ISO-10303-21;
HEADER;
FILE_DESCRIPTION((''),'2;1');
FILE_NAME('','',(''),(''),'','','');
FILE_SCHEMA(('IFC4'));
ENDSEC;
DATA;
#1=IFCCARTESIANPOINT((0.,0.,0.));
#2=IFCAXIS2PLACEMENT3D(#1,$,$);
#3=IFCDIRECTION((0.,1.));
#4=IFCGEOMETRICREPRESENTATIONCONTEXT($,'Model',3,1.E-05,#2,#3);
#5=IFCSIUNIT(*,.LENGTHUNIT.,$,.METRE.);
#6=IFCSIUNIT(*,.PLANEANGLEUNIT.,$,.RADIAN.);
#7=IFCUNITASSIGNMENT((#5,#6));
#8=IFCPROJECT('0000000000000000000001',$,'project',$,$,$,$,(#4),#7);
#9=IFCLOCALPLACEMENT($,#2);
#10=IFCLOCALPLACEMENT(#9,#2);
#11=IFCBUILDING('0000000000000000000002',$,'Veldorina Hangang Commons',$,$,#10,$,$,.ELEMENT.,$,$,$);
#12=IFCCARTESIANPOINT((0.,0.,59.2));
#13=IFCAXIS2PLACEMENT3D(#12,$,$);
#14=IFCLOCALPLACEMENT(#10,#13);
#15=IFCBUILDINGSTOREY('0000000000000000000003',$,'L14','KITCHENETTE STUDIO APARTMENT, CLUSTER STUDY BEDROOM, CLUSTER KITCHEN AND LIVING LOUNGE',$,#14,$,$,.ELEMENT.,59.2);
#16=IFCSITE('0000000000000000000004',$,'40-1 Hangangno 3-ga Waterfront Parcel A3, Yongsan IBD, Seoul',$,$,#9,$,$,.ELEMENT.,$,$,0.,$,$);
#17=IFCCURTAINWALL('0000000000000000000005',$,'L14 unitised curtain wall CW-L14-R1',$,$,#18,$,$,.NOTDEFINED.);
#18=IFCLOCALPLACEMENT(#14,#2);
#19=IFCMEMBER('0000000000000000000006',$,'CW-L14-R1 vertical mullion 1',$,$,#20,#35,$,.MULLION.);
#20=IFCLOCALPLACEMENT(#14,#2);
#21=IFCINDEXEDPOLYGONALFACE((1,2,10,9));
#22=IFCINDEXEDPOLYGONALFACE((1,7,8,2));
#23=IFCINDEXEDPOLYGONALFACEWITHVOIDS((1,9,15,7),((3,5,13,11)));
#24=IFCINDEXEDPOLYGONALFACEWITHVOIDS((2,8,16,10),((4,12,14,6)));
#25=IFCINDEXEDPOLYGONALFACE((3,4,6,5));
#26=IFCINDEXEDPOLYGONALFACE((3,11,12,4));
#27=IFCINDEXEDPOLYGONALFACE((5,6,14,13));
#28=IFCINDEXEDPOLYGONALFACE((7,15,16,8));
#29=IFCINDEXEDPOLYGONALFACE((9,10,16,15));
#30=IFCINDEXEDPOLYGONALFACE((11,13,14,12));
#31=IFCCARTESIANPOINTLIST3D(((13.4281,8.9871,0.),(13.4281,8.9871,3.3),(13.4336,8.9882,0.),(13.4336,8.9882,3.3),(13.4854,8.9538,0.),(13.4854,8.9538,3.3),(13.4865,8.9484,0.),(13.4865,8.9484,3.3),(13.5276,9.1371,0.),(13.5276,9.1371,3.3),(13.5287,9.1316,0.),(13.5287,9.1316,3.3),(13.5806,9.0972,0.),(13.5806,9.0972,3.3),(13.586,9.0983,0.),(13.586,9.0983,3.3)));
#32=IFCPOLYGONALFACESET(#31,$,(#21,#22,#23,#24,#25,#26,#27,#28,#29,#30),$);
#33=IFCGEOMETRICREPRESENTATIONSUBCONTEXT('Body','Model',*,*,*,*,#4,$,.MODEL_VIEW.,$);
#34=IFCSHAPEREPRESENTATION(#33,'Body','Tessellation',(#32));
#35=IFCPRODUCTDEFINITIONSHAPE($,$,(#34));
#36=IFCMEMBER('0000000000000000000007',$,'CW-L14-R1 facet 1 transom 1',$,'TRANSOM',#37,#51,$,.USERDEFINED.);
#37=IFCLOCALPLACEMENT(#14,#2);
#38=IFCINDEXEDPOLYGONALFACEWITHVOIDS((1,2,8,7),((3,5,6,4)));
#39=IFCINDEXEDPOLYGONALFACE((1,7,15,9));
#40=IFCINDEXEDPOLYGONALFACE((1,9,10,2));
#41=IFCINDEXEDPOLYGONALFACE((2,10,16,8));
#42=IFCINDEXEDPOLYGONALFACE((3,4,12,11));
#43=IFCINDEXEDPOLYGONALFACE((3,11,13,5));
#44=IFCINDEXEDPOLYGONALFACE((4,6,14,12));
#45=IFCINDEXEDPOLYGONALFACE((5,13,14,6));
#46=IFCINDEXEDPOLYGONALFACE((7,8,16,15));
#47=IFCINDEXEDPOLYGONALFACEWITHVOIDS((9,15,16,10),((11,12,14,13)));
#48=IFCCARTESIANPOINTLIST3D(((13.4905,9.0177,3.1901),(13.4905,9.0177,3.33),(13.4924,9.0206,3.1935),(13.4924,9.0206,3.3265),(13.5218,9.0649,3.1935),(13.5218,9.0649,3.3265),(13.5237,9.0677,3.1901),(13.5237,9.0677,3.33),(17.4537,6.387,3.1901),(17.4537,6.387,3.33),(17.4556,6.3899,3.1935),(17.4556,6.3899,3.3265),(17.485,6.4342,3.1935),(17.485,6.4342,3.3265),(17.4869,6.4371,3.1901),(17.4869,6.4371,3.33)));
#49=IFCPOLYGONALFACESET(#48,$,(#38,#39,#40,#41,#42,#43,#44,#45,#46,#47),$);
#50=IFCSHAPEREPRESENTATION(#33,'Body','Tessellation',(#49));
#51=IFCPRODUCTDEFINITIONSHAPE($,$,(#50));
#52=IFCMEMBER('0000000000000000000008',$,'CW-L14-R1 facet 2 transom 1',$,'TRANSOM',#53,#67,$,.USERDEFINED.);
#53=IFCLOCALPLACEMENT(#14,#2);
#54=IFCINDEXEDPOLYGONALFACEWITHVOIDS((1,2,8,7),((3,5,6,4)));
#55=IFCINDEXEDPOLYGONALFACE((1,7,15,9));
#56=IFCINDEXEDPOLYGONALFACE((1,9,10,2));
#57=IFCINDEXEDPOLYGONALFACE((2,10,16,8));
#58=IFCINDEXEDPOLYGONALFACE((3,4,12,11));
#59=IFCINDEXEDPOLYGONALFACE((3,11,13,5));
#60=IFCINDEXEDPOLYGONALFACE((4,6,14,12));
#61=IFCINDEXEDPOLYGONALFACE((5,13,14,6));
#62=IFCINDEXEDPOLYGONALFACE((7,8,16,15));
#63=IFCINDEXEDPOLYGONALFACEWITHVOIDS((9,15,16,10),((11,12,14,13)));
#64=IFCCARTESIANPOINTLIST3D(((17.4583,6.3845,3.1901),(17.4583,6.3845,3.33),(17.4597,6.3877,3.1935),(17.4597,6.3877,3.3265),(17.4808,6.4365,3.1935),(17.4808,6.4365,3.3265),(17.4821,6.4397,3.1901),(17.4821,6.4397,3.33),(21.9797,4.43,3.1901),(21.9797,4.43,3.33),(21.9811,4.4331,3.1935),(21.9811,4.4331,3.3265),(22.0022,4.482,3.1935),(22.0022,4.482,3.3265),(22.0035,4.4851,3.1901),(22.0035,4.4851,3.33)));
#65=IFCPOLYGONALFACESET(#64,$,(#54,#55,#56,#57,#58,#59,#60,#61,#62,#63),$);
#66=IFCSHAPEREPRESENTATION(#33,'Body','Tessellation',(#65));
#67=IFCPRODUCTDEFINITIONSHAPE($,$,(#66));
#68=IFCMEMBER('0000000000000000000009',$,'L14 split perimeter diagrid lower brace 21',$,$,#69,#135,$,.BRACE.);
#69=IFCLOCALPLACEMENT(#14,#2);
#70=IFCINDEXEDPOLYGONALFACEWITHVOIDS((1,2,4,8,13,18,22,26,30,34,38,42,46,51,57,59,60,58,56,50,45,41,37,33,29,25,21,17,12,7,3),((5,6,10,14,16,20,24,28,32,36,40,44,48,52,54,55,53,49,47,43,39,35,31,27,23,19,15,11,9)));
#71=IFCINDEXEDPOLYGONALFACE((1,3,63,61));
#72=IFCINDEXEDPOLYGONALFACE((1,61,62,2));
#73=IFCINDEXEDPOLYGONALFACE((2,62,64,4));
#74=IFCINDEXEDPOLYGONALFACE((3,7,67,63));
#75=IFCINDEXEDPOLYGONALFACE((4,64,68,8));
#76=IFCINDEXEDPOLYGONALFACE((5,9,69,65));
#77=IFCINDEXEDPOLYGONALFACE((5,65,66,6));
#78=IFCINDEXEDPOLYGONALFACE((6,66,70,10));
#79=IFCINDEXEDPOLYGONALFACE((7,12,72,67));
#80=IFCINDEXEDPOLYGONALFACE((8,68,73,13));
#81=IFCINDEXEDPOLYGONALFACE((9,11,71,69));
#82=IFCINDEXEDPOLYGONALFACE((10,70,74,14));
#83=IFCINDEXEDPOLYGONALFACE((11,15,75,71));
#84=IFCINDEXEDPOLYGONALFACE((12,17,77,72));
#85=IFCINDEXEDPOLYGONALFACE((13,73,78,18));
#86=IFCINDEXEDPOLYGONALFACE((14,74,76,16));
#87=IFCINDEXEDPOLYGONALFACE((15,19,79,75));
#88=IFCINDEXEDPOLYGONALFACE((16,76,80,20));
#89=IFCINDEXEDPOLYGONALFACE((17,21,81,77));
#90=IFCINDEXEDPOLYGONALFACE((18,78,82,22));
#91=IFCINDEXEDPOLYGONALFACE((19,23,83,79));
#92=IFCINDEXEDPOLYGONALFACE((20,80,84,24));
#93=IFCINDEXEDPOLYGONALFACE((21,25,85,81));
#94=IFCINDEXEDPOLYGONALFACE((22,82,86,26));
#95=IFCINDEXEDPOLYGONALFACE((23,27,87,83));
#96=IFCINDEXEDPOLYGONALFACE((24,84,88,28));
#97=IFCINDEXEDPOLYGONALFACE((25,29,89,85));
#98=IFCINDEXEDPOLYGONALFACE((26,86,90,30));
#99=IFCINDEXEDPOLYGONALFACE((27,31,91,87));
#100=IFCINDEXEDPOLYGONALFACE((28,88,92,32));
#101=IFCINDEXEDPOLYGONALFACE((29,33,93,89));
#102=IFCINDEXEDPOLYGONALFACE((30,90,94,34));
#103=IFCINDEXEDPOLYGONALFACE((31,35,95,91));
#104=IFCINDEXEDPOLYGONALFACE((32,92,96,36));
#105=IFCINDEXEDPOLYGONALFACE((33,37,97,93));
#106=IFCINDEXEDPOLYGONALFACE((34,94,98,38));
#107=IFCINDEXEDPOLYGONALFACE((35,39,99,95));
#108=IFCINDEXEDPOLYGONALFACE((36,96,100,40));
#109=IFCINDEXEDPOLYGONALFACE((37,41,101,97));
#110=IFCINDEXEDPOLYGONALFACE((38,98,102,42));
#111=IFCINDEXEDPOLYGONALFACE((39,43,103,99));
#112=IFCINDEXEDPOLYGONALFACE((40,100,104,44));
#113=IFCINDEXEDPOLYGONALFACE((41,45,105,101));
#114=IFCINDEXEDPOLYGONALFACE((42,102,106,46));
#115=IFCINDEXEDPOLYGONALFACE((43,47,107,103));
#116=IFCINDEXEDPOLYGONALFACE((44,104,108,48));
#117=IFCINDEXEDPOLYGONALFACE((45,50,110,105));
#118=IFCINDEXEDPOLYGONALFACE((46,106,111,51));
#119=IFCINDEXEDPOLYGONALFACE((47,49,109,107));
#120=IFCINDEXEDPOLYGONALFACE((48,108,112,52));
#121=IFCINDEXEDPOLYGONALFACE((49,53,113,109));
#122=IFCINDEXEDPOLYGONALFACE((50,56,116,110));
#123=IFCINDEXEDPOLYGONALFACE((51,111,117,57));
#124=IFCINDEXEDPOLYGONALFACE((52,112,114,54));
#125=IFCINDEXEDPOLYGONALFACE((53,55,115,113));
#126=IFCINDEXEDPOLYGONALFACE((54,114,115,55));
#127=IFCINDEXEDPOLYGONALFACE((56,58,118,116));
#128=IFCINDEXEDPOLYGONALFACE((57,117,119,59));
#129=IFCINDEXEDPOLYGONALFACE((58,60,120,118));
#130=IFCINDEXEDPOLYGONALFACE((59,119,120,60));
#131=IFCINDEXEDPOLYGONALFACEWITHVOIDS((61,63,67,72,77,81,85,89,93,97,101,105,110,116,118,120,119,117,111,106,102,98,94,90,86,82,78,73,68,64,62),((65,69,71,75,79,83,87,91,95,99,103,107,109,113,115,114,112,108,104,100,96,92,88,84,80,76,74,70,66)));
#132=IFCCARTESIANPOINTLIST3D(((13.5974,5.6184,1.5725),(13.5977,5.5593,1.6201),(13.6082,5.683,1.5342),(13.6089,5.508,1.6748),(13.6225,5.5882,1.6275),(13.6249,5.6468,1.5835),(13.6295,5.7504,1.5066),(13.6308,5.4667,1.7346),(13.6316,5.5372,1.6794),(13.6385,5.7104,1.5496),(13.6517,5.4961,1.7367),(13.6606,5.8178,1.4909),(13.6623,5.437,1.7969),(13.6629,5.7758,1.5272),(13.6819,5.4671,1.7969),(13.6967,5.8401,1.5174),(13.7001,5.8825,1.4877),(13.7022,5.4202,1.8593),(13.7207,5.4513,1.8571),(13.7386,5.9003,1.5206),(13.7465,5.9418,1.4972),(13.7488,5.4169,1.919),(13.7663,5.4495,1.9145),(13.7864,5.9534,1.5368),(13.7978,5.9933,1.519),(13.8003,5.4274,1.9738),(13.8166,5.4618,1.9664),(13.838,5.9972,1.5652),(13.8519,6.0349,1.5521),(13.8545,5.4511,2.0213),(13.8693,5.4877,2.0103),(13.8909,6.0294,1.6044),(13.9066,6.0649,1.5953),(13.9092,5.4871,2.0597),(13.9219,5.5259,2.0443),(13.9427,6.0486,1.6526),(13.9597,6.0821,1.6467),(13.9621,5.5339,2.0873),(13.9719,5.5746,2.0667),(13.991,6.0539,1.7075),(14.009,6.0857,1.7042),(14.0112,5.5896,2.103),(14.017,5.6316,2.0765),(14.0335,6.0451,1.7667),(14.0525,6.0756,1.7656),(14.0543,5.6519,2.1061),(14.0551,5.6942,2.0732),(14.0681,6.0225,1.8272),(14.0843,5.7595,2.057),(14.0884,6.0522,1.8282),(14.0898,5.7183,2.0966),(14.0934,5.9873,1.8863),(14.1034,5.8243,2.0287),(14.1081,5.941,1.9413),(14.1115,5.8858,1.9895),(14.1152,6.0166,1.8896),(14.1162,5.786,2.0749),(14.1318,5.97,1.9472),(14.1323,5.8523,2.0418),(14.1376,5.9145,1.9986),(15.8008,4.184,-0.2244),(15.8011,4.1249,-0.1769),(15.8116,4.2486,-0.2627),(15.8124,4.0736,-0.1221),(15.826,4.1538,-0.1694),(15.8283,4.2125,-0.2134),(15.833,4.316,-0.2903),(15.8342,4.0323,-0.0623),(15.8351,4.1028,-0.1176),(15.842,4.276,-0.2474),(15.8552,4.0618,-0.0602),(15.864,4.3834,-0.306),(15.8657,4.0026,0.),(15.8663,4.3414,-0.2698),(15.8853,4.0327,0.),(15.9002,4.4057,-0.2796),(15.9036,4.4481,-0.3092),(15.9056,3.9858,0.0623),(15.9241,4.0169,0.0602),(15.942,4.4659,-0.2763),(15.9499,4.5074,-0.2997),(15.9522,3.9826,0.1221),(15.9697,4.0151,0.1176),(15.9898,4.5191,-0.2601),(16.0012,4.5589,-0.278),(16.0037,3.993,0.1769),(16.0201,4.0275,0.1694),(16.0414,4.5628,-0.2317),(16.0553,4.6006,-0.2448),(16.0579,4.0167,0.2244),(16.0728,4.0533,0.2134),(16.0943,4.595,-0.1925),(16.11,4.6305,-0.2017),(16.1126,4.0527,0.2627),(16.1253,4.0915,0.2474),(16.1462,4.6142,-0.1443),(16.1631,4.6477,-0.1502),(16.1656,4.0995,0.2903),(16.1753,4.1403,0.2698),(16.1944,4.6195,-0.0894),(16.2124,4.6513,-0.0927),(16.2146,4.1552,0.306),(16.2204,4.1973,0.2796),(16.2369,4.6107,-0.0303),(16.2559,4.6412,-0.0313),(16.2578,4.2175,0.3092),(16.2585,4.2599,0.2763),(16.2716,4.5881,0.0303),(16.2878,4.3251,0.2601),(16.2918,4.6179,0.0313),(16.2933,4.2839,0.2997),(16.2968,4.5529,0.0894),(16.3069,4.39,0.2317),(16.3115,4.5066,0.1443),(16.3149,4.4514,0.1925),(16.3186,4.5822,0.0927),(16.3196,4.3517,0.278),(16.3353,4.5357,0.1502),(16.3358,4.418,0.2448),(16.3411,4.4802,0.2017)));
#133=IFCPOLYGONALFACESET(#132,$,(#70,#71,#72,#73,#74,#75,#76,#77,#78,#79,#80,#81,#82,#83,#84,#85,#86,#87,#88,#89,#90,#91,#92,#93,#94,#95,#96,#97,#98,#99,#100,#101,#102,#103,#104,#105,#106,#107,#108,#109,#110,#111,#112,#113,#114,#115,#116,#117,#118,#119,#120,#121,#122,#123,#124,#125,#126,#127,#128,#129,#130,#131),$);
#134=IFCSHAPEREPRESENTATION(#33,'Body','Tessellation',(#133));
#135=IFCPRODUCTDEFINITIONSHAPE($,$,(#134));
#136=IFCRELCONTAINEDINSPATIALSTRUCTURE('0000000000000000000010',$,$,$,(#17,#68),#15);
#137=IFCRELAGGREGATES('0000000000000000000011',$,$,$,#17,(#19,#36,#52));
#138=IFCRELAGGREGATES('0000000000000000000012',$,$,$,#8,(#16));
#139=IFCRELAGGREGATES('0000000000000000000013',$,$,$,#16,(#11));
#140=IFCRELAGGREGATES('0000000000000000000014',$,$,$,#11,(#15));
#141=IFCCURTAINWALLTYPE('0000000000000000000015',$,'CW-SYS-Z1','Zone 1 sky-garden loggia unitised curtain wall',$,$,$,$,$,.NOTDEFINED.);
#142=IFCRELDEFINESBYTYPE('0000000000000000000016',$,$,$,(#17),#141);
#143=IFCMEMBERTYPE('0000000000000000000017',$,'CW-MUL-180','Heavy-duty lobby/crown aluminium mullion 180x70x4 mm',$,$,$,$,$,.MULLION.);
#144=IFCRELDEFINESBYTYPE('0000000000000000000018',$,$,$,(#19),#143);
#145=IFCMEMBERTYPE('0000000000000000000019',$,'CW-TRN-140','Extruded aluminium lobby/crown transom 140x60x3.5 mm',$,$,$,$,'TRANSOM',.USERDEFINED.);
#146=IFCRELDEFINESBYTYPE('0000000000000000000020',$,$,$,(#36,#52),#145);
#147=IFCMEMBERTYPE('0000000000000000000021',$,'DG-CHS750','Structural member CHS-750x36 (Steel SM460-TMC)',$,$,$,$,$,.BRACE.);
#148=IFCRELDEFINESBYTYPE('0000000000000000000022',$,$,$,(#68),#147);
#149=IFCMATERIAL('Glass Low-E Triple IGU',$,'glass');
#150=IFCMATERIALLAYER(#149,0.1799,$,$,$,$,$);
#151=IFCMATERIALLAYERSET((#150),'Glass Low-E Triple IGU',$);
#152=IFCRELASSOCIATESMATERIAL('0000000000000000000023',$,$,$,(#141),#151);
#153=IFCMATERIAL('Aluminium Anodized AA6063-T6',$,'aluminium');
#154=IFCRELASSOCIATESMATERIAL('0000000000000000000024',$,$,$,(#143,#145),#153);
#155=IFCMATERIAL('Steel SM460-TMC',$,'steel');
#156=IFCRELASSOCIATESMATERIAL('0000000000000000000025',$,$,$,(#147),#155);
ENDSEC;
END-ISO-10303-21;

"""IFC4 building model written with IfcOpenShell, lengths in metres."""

from ifc_helpers import new_model, si_unit, direction, frame, origin, origin_2d, place, context, subcontext, project, spatial, hollow_rectangle, hollow_circle, extrude, material, layer, layer_set, material_profile, profile_set, type_object, element, aggregate, save


model = new_model("IFC4")

# Units and contexts
model_context = context("Model", 3, precision=1e-05, world=origin(), true_north=direction((0.0, 1.0)))
body_context = subcontext(model_context, "Body", "Model", "MODEL_VIEW")
ifc_project = project(units=[si_unit("LENGTHUNIT", "METRE"), si_unit("PLANEANGLEUNIT", "RADIAN")], contexts=[model_context])

# Site, building, storey
site_placement = place(None, origin())
site = spatial("IfcSite", under=ifc_project, at=site_placement, Name="40-1 Hangangno 3-ga Waterfront Parcel A3, Yongsan IBD, Seoul", CompositionType="ELEMENT", RefElevation=0.0)
building_placement = place(site_placement, origin())
building = spatial("IfcBuilding", under=site, at=building_placement, Name="Veldorina Hangang Commons", CompositionType="ELEMENT")
storey_placement = place(building_placement, frame((0.0, 0.0, 59.2)))
storey = spatial("IfcBuildingStorey", under=building, at=storey_placement, Name="L14", Description="KITCHENETTE STUDIO APARTMENT, CLUSTER STUDY BEDROOM, CLUSTER KITCHEN AND LIVING LOUNGE", CompositionType="ELEMENT", Elevation=59.2)

# Shared definitions
ifc_material_1 = material(Name="Steel SM460-TMC", Category="steel")

# Curtain wall, members
ifc_material_2 = material(Name="Glass Low-E Triple IGU", Category="glass")
ifc_layer_1 = layer(ifc_material_2, 0.1799)
ifc_layer_set_1 = layer_set([ifc_layer_1], Name="Glass Low-E Triple IGU")
curtain_wall_type = type_object("IfcCurtainWallType", Name="CW-SYS-Z1", Description="Zone 1 sky-garden loggia unitised curtain wall", PredefinedType="NOTDEFINED", material=ifc_layer_set_1)
curtain_wall_placement = place(storey_placement, origin())
curtain_wall = element("IfcCurtainWall", 1, at=curtain_wall_placement, inside=storey, type_object=curtain_wall_type, Name="L14 unitised curtain wall CW-L14-R1", PredefinedType="NOTDEFINED")
ifc_material_3 = material(Name="Aluminium Anodized AA6063-T6", Category="aluminium")
ifc_material_profile_1 = material_profile(ifc_material_3, hollow_rectangle(XDim=0.0701, YDim=0.1799, WallThickness=0.0039, at=origin_2d()), Name="ALU-RHS-180x70x4")
ifc_profile_set_1 = profile_set([ifc_material_profile_1], Name="Aluminium Anodized AA6063-T6")
member_type_1 = type_object("IfcMemberType", Name="CW-MUL-180", Description="Heavy-duty lobby/crown aluminium mullion 180x70x4 mm", PredefinedType="MULLION", material=ifc_profile_set_1)
member_1_placement = place(storey_placement, frame((13.5071, 9.0427, 0.0), z_axis=(0.0, 0.0, 1.0), x_axis=(0.833163, -0.553028, 0.0)))
member_1 = element("IfcMember", 2, at=member_1_placement, type_object=member_type_1, Name="CW-L14-R1 vertical mullion 1", PredefinedType="MULLION", context=body_context, shape_type="SweptSolid", body=[
    extrude(hollow_rectangle(XDim=0.0701, YDim=0.1799, WallThickness=0.0039, at=origin_2d()), origin(), (0.0, 0.0, 1.0), 3.3),
])
ifc_material_profile_2 = material_profile(ifc_material_3, hollow_rectangle(XDim=0.0601, YDim=0.1399, WallThickness=0.0034, at=origin_2d()), Name="ALU-RHS-140x60x3.5")
ifc_profile_set_2 = profile_set([ifc_material_profile_2], Name="Aluminium Anodized AA6063-T6")
member_type_2 = type_object("IfcMemberType", Name="CW-TRN-140", Description="Extruded aluminium lobby/crown transom 140x60x3.5 mm", ElementType="TRANSOM", PredefinedType="USERDEFINED", material=ifc_profile_set_2)
member_2_placement = place(storey_placement, frame((13.5071, 9.0427, 3.26), z_axis=(0.833162, -0.553029, 0.0), x_axis=(0.553029, 0.833162, 0.0)))
member_2 = element("IfcMember", 3, at=member_2_placement, type_object=member_type_2, Name="CW-L14-R1 facet 1 transom 1", ObjectType="TRANSOM", PredefinedType="USERDEFINED", context=body_context, shape_type="SweptSolid", body=[
    extrude(hollow_rectangle(XDim=0.0601, YDim=0.1399, WallThickness=0.0034, at=origin_2d()), origin(), (0.0, 0.0, 1.0), 4.7568),
])
member_3_placement = place(storey_placement, frame((17.4702, 6.4121, 3.26), z_axis=(0.917905, -0.396801, 0.0), x_axis=(0.396801, 0.917905, 0.0)))
member_3 = element("IfcMember", 4, at=member_3_placement, type_object=member_type_2, Name="CW-L14-R1 facet 2 transom 1", ObjectType="TRANSOM", PredefinedType="USERDEFINED", context=body_context, shape_type="SweptSolid", body=[
    extrude(hollow_rectangle(XDim=0.0601, YDim=0.1399, WallThickness=0.0034, at=origin_2d()), origin(), (0.0, 0.0, 1.0), 4.9258),
])

# Member
ifc_material_profile_3 = material_profile(ifc_material_1, hollow_circle(Radius=0.375, WallThickness=0.0359, at=origin_2d()), Name="CHS-750x36")
ifc_profile_set_3 = profile_set([ifc_material_profile_3], Name="Steel SM460-TMC")
member_type_3 = type_object("IfcMemberType", Name="DG-CHS750", Description="Structural member CHS-750x36 (Steel SM460-TMC)", PredefinedType="BRACE", material=ifc_profile_set_3)
member_4_placement = place(storey_placement, frame((16.0703, 4.3169, 0.0), z_axis=(-0.691909, 0.450412, 0.564261), x_axis=(-0.545559, -0.838072, 0.0)))
element("IfcMember", 5, at=member_4_placement, inside=storey, type_object=member_type_3, Name="L14 split perimeter diagrid lower brace 21", PredefinedType="BRACE", context=body_context, shape_type="SweptSolid", body=[
    extrude(hollow_circle(Radius=0.375, WallThickness=0.0359, at=origin_2d()), origin(), (0.0, 0.0, 1.0), 3.1846),
])

aggregate(curtain_wall, [member_1, member_2, member_3])

save(model, "model.ifc")
